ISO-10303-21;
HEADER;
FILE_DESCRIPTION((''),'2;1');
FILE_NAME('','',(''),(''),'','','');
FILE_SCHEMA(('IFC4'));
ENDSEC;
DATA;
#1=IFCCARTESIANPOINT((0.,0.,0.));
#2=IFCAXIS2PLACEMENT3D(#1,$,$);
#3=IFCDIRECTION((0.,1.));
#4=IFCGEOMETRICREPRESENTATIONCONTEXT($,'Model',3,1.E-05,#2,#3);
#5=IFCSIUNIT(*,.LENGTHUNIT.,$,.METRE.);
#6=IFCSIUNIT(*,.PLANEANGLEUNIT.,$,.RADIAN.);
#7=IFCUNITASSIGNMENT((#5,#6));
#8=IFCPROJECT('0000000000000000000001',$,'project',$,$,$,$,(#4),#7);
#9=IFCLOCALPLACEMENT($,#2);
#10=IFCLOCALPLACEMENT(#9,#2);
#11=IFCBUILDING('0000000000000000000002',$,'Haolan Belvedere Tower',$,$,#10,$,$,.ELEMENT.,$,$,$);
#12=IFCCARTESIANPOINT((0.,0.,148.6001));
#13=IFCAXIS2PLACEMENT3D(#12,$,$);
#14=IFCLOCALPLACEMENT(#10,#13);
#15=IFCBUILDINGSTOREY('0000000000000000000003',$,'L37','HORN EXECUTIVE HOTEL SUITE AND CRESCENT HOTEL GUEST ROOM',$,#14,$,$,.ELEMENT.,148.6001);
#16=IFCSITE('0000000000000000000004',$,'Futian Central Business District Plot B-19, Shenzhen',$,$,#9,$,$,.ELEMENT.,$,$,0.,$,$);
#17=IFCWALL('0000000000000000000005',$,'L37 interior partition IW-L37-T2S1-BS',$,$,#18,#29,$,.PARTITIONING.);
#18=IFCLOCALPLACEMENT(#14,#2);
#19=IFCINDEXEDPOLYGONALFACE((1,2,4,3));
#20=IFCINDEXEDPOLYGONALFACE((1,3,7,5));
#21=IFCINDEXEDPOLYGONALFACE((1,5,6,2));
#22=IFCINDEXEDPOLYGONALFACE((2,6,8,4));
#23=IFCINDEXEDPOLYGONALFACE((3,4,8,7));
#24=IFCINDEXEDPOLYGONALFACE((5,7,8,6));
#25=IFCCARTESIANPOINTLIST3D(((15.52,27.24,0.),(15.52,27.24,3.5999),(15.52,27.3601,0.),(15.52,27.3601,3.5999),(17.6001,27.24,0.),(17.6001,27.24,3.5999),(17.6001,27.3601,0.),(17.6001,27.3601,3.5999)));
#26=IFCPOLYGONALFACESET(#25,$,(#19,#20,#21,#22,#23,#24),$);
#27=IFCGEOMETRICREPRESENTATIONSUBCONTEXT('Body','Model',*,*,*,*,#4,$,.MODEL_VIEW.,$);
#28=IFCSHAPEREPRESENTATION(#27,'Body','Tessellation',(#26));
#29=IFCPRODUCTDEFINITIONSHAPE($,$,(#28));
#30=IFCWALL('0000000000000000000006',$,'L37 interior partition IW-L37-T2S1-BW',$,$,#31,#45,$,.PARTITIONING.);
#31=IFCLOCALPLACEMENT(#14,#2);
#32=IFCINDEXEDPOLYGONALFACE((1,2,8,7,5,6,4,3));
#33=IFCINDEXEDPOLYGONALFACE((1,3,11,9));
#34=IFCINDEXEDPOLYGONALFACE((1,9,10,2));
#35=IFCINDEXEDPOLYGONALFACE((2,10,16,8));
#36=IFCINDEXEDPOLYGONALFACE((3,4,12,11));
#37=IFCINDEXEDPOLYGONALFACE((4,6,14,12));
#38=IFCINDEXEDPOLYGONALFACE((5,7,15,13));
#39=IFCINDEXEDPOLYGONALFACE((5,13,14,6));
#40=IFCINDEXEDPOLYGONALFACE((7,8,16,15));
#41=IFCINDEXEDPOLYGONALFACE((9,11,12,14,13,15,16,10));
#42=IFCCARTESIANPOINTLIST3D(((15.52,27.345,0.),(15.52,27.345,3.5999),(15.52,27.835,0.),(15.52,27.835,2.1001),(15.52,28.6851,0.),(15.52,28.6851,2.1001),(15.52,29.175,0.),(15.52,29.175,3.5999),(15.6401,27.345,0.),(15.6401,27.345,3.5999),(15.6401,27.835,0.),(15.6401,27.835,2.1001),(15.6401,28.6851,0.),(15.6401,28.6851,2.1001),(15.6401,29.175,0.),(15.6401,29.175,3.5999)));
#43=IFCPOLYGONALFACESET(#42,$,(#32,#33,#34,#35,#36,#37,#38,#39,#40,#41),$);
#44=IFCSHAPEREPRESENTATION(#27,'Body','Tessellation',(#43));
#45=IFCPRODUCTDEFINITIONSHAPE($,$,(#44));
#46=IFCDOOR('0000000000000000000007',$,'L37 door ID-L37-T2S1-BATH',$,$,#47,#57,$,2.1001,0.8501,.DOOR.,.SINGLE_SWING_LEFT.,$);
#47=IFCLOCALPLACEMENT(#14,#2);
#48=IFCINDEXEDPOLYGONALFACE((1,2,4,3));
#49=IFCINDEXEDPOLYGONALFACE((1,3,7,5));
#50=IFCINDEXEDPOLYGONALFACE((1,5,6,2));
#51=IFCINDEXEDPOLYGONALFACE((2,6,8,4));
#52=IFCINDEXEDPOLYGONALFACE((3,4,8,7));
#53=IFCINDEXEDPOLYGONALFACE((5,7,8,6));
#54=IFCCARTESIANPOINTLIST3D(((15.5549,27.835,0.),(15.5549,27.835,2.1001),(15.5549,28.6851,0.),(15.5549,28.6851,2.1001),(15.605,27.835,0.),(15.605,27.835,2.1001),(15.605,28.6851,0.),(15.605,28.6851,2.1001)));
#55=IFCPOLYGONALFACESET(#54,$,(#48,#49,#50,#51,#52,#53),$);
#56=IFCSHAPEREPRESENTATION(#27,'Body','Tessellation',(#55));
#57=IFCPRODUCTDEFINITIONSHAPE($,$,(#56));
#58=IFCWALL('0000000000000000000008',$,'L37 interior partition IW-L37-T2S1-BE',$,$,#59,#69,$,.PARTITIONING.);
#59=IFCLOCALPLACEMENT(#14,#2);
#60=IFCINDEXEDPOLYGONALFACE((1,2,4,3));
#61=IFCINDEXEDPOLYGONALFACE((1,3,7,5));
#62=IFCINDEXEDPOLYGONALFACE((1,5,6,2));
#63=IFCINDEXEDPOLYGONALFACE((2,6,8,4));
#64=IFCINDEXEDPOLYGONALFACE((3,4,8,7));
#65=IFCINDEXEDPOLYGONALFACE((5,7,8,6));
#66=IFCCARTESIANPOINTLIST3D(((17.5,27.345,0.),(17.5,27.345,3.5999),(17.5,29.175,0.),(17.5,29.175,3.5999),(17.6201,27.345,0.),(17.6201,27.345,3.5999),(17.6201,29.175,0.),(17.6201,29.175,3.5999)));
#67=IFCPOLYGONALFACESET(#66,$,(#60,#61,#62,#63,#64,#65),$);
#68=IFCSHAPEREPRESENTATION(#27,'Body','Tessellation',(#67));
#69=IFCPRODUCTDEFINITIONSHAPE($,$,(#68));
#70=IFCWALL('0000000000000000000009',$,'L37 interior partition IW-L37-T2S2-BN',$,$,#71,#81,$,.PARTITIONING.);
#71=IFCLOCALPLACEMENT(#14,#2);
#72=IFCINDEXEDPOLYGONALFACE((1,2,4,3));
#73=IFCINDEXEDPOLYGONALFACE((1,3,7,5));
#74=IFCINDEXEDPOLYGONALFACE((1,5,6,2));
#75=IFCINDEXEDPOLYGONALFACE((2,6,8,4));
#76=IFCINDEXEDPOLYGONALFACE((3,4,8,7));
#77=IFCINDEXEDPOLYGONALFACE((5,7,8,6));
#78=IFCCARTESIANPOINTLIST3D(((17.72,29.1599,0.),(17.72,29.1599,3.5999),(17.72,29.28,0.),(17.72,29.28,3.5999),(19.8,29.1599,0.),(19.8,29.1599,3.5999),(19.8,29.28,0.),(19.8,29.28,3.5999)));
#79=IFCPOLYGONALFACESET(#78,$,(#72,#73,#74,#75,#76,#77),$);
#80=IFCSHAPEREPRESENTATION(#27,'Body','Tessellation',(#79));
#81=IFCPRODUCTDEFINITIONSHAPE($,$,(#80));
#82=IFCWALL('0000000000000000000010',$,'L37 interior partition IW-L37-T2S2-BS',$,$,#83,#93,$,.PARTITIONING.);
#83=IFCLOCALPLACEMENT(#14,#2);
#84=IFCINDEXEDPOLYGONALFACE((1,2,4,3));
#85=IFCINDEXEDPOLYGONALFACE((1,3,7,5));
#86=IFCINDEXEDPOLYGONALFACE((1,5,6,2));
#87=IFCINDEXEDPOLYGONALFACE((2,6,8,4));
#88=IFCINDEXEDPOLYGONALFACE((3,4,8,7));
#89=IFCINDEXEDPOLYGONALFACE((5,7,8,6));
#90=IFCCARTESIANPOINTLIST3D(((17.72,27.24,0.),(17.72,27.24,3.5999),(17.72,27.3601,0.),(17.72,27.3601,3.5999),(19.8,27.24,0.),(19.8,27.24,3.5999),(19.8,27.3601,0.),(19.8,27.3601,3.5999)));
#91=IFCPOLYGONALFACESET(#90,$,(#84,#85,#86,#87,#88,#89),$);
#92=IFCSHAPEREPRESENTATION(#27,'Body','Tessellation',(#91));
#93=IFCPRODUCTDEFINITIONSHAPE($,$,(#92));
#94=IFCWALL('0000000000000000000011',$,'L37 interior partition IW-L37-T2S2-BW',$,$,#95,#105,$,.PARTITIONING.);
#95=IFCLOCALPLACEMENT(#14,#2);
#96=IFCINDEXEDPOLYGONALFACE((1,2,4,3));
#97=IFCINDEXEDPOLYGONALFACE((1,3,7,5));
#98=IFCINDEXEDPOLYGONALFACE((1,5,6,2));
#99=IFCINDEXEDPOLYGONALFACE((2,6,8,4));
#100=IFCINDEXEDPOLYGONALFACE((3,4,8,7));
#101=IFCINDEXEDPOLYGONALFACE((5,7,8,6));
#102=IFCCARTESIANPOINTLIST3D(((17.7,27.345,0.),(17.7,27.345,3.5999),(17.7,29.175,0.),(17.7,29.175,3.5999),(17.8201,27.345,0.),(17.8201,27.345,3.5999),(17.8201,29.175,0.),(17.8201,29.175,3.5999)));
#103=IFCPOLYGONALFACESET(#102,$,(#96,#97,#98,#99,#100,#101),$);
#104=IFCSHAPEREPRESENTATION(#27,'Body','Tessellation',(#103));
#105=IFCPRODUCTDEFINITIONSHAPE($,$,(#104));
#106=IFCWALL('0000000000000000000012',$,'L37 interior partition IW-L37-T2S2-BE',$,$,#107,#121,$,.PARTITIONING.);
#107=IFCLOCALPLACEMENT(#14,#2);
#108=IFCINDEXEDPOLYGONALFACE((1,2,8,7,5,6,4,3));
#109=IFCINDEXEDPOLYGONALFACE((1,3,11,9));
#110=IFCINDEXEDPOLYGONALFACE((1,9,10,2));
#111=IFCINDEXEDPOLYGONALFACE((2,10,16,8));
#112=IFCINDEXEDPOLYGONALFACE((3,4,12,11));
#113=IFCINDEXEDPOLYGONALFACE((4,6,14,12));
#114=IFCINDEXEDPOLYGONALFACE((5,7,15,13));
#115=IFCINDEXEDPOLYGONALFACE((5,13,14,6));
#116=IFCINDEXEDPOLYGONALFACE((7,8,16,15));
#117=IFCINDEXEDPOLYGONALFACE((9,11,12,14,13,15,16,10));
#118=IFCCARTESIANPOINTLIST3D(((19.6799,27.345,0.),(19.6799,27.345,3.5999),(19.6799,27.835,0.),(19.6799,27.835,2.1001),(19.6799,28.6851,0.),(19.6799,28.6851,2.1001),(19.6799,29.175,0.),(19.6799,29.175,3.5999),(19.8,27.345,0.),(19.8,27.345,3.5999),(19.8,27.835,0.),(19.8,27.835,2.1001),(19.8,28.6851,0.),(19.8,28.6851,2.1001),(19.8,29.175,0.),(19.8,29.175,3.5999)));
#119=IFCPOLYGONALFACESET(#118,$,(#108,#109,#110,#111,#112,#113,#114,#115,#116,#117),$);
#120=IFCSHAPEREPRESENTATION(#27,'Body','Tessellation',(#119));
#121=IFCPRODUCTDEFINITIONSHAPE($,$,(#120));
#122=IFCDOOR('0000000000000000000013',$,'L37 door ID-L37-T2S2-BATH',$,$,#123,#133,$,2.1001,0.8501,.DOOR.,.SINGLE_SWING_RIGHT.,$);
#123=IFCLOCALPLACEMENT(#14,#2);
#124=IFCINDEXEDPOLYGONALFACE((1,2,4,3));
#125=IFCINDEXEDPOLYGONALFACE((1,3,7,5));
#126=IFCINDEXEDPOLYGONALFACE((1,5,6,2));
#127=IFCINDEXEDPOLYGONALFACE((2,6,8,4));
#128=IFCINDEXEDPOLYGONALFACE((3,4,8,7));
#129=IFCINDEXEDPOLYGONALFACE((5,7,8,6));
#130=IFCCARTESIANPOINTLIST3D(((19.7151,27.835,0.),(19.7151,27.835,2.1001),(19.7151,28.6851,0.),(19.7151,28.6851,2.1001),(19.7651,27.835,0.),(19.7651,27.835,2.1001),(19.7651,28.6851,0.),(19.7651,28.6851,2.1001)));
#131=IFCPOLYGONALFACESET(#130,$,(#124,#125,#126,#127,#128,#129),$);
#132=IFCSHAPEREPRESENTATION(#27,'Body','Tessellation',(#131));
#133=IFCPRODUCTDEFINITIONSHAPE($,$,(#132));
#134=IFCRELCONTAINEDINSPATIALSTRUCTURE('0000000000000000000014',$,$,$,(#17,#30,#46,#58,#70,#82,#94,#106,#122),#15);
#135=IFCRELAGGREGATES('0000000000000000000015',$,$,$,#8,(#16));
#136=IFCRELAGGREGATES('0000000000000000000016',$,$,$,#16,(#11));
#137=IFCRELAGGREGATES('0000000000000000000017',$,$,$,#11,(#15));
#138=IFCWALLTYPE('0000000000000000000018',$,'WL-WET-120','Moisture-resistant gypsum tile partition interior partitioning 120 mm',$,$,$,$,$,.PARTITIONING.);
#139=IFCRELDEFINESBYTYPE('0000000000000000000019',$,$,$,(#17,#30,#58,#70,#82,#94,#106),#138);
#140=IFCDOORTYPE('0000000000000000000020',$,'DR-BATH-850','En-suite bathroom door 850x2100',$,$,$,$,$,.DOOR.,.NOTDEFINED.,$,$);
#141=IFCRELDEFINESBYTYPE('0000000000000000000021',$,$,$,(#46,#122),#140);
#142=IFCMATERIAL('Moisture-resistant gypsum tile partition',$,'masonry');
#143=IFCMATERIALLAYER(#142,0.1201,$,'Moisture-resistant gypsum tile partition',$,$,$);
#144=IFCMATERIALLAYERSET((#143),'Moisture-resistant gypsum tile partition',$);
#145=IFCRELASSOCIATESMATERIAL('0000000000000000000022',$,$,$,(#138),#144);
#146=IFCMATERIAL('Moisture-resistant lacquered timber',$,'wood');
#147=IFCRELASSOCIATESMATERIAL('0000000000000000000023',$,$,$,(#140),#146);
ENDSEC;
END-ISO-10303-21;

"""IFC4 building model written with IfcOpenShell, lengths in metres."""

from ifc_helpers import new_model, si_unit, direction, frame, frame_2d, origin, place, context, subcontext, project, spatial, rectangle, extrude, material, layer, layer_set, type_object, element, fill, save


model = new_model("IFC4")

# Units and contexts
model_context = context("Model", 3, precision=1e-05, world=origin(), true_north=direction((0.0, 1.0)))
body_context = subcontext(model_context, "Body", "Model", "MODEL_VIEW")
ifc_project = project(units=[si_unit("LENGTHUNIT", "METRE"), si_unit("PLANEANGLEUNIT", "RADIAN")], contexts=[model_context])

# Site, building, storey
site_placement = place(None, origin())
site = spatial("IfcSite", under=ifc_project, at=site_placement, Name="Futian Central Business District Plot B-19, Shenzhen", CompositionType="ELEMENT", RefElevation=0.0)
building_placement = place(site_placement, origin())
building = spatial("IfcBuilding", under=site, at=building_placement, Name="Haolan Belvedere Tower", CompositionType="ELEMENT")
storey_placement = place(building_placement, frame((0.0, 0.0, 148.6001)))
storey = spatial("IfcBuildingStorey", under=building, at=storey_placement, Name="L37", Description="HORN EXECUTIVE HOTEL SUITE AND CRESCENT HOTEL GUEST ROOM", CompositionType="ELEMENT", Elevation=148.6001)

# Wall
ifc_material_1 = material(Name="Moisture-resistant gypsum tile partition", Category="masonry")
ifc_layer_1 = layer(ifc_material_1, 0.1201, Name="Moisture-resistant gypsum tile partition")
ifc_layer_set_1 = layer_set([ifc_layer_1], Name="Moisture-resistant gypsum tile partition")
wall_type_1 = type_object("IfcWallType", Name="WL-WET-120", Description="Moisture-resistant gypsum tile partition interior partitioning 120 mm", PredefinedType="PARTITIONING", material=ifc_layer_set_1)
for number, where, z_axis, x_axis, name in (
    (1, (15.52, 27.3, 0.0), (0.0, 0.0, 1.0), (1.0, 0.0, 0.0), "L37 interior partition IW-L37-T2S1-BS"),
):
    element("IfcWall", number, at=place(storey_placement, frame(where, z_axis=z_axis, x_axis=x_axis)), inside=storey, type_object=wall_type_1, Name=name, PredefinedType="PARTITIONING", context=body_context, shape_type="SweptSolid", body=[
        extrude(rectangle(XDim=2.0801, YDim=0.1201, at=frame_2d((1.04, 0.0))), origin(), (0.0, 0.0, 1.0), 3.5999),
    ])

# Wall, opening, door
wall_1_placement = place(storey_placement, frame((15.5801, 27.345, 0.0), z_axis=(0.0, 0.0, 1.0), x_axis=(0.0, 1.0, 0.0)))
wall_1 = element("IfcWall", 2, at=wall_1_placement, inside=storey, type_object=wall_type_1, Name="L37 interior partition IW-L37-T2S1-BW", PredefinedType="PARTITIONING", context=body_context, shape_type="SweptSolid", body=[
    extrude(rectangle(XDim=1.8301, YDim=0.1201, at=frame_2d((0.915, 0.0))), origin(), (0.0, 0.0, 1.0), 3.5999),
])
opening_1_placement = place(wall_1_placement, frame((1.3401, 0.0, 0.0), z_axis=(0.0, 0.0, 1.0), x_axis=(-1.0, 0.0, 0.0)))
opening_1 = element("IfcOpeningElement", 3, at=opening_1_placement, cuts=wall_1, PredefinedType="OPENING", context=body_context, shape_type="SweptSolid", body=[
    extrude(rectangle(XDim=0.8501, YDim=2.1001, at=frame_2d((0.425, 1.05))), frame((0.0, 0.0701, 0.0), z_axis=(0.0, -1.0, 0.0), x_axis=(1.0, 0.0, 0.0)), (0.0, 0.0, 1.0), 0.1401),
])
ifc_material_2 = material(Name="Moisture-resistant lacquered timber", Category="wood")
door_type_1 = type_object("IfcDoorType", Name="DR-BATH-850", Description="En-suite bathroom door 850x2100", OperationType="NOTDEFINED", PredefinedType="DOOR", material=ifc_material_2)
door_1_placement = place(opening_1_placement, origin())
door_1 = element("IfcDoor", 4, at=door_1_placement, inside=storey, type_object=door_type_1, Name="L37 door ID-L37-T2S1-BATH", OperationType="SINGLE_SWING_LEFT", OverallHeight=2.1001, OverallWidth=0.8501, PredefinedType="DOOR", context=body_context, shape_type="SweptSolid", body=[
    extrude(rectangle(XDim=0.8501, YDim=2.1001, at=frame_2d((0.425, 1.05))), frame((0.0, 0.0249, 0.0), z_axis=(0.0, -1.0, 0.0), x_axis=(1.0, 0.0, 0.0)), (0.0, 0.0, 1.0), 0.05),
])
fill(opening_1, door_1)

# Walls
wall_2_placement = place(storey_placement, frame((17.5601, 27.345, 0.0), z_axis=(0.0, 0.0, 1.0), x_axis=(0.0, 1.0, 0.0)))
element("IfcWall", 5, at=wall_2_placement, inside=storey, type_object=wall_type_1, Name="L37 interior partition IW-L37-T2S1-BE", PredefinedType="PARTITIONING", context=body_context, shape_type="SweptSolid", body=[
    extrude(rectangle(XDim=1.8301, YDim=0.1201, at=frame_2d((0.915, 0.0))), origin(), (0.0, 0.0, 1.0), 3.5999),
])
for number, where, z_axis, x_axis, name in (
    (6, (17.72, 29.22, 0.0), (0.0, 0.0, 1.0), (1.0, 0.0, 0.0), "L37 interior partition IW-L37-T2S2-BN"),
    (7, (17.72, 27.3, 0.0), (0.0, 0.0, 1.0), (1.0, 0.0, 0.0), "L37 interior partition IW-L37-T2S2-BS"),
):
    element("IfcWall", number, at=place(storey_placement, frame(where, z_axis=z_axis, x_axis=x_axis)), inside=storey, type_object=wall_type_1, Name=name, PredefinedType="PARTITIONING", context=body_context, shape_type="SweptSolid", body=[
        extrude(rectangle(XDim=2.0801, YDim=0.1201, at=frame_2d((1.04, 0.0))), origin(), (0.0, 0.0, 1.0), 3.5999),
    ])
wall_3_placement = place(storey_placement, frame((17.76, 27.345, 0.0), z_axis=(0.0, 0.0, 1.0), x_axis=(0.0, 1.0, 0.0)))
element("IfcWall", 8, at=wall_3_placement, inside=storey, type_object=wall_type_1, Name="L37 interior partition IW-L37-T2S2-BW", PredefinedType="PARTITIONING", context=body_context, shape_type="SweptSolid", body=[
    extrude(rectangle(XDim=1.8301, YDim=0.1201, at=frame_2d((0.915, 0.0))), origin(), (0.0, 0.0, 1.0), 3.5999),
])

# Wall, opening, door
wall_4_placement = place(storey_placement, frame((19.74, 27.345, 0.0), z_axis=(0.0, 0.0, 1.0), x_axis=(0.0, 1.0, 0.0)))
wall_4 = element("IfcWall", 9, at=wall_4_placement, inside=storey, type_object=wall_type_1, Name="L37 interior partition IW-L37-T2S2-BE", PredefinedType="PARTITIONING", context=body_context, shape_type="SweptSolid", body=[
    extrude(rectangle(XDim=1.8301, YDim=0.1201, at=frame_2d((0.915, 0.0))), origin(), (0.0, 0.0, 1.0), 3.5999),
])
opening_2_placement = place(wall_4_placement, frame((0.49, 0.0, 0.0)))
opening_2 = element("IfcOpeningElement", 10, at=opening_2_placement, cuts=wall_4, PredefinedType="OPENING", context=body_context, shape_type="SweptSolid", body=[
    extrude(rectangle(XDim=0.8501, YDim=2.1001, at=frame_2d((0.425, 1.05))), frame((0.0, 0.0701, 0.0), z_axis=(0.0, -1.0, 0.0), x_axis=(1.0, 0.0, 0.0)), (0.0, 0.0, 1.0), 0.1401),
])
door_2_placement = place(opening_2_placement, origin())
door_2 = element("IfcDoor", 11, at=door_2_placement, inside=storey, type_object=door_type_1, Name="L37 door ID-L37-T2S2-BATH", OperationType="SINGLE_SWING_RIGHT", OverallHeight=2.1001, OverallWidth=0.8501, PredefinedType="DOOR", context=body_context, shape_type="SweptSolid", body=[
    extrude(rectangle(XDim=0.8501, YDim=2.1001, at=frame_2d((0.425, 1.05))), frame((0.0, 0.0249, 0.0), z_axis=(0.0, -1.0, 0.0), x_axis=(1.0, 0.0, 0.0)), (0.0, 0.0, 1.0), 0.05),
])
fill(opening_2, door_2)

save(model, "model.ifc")
